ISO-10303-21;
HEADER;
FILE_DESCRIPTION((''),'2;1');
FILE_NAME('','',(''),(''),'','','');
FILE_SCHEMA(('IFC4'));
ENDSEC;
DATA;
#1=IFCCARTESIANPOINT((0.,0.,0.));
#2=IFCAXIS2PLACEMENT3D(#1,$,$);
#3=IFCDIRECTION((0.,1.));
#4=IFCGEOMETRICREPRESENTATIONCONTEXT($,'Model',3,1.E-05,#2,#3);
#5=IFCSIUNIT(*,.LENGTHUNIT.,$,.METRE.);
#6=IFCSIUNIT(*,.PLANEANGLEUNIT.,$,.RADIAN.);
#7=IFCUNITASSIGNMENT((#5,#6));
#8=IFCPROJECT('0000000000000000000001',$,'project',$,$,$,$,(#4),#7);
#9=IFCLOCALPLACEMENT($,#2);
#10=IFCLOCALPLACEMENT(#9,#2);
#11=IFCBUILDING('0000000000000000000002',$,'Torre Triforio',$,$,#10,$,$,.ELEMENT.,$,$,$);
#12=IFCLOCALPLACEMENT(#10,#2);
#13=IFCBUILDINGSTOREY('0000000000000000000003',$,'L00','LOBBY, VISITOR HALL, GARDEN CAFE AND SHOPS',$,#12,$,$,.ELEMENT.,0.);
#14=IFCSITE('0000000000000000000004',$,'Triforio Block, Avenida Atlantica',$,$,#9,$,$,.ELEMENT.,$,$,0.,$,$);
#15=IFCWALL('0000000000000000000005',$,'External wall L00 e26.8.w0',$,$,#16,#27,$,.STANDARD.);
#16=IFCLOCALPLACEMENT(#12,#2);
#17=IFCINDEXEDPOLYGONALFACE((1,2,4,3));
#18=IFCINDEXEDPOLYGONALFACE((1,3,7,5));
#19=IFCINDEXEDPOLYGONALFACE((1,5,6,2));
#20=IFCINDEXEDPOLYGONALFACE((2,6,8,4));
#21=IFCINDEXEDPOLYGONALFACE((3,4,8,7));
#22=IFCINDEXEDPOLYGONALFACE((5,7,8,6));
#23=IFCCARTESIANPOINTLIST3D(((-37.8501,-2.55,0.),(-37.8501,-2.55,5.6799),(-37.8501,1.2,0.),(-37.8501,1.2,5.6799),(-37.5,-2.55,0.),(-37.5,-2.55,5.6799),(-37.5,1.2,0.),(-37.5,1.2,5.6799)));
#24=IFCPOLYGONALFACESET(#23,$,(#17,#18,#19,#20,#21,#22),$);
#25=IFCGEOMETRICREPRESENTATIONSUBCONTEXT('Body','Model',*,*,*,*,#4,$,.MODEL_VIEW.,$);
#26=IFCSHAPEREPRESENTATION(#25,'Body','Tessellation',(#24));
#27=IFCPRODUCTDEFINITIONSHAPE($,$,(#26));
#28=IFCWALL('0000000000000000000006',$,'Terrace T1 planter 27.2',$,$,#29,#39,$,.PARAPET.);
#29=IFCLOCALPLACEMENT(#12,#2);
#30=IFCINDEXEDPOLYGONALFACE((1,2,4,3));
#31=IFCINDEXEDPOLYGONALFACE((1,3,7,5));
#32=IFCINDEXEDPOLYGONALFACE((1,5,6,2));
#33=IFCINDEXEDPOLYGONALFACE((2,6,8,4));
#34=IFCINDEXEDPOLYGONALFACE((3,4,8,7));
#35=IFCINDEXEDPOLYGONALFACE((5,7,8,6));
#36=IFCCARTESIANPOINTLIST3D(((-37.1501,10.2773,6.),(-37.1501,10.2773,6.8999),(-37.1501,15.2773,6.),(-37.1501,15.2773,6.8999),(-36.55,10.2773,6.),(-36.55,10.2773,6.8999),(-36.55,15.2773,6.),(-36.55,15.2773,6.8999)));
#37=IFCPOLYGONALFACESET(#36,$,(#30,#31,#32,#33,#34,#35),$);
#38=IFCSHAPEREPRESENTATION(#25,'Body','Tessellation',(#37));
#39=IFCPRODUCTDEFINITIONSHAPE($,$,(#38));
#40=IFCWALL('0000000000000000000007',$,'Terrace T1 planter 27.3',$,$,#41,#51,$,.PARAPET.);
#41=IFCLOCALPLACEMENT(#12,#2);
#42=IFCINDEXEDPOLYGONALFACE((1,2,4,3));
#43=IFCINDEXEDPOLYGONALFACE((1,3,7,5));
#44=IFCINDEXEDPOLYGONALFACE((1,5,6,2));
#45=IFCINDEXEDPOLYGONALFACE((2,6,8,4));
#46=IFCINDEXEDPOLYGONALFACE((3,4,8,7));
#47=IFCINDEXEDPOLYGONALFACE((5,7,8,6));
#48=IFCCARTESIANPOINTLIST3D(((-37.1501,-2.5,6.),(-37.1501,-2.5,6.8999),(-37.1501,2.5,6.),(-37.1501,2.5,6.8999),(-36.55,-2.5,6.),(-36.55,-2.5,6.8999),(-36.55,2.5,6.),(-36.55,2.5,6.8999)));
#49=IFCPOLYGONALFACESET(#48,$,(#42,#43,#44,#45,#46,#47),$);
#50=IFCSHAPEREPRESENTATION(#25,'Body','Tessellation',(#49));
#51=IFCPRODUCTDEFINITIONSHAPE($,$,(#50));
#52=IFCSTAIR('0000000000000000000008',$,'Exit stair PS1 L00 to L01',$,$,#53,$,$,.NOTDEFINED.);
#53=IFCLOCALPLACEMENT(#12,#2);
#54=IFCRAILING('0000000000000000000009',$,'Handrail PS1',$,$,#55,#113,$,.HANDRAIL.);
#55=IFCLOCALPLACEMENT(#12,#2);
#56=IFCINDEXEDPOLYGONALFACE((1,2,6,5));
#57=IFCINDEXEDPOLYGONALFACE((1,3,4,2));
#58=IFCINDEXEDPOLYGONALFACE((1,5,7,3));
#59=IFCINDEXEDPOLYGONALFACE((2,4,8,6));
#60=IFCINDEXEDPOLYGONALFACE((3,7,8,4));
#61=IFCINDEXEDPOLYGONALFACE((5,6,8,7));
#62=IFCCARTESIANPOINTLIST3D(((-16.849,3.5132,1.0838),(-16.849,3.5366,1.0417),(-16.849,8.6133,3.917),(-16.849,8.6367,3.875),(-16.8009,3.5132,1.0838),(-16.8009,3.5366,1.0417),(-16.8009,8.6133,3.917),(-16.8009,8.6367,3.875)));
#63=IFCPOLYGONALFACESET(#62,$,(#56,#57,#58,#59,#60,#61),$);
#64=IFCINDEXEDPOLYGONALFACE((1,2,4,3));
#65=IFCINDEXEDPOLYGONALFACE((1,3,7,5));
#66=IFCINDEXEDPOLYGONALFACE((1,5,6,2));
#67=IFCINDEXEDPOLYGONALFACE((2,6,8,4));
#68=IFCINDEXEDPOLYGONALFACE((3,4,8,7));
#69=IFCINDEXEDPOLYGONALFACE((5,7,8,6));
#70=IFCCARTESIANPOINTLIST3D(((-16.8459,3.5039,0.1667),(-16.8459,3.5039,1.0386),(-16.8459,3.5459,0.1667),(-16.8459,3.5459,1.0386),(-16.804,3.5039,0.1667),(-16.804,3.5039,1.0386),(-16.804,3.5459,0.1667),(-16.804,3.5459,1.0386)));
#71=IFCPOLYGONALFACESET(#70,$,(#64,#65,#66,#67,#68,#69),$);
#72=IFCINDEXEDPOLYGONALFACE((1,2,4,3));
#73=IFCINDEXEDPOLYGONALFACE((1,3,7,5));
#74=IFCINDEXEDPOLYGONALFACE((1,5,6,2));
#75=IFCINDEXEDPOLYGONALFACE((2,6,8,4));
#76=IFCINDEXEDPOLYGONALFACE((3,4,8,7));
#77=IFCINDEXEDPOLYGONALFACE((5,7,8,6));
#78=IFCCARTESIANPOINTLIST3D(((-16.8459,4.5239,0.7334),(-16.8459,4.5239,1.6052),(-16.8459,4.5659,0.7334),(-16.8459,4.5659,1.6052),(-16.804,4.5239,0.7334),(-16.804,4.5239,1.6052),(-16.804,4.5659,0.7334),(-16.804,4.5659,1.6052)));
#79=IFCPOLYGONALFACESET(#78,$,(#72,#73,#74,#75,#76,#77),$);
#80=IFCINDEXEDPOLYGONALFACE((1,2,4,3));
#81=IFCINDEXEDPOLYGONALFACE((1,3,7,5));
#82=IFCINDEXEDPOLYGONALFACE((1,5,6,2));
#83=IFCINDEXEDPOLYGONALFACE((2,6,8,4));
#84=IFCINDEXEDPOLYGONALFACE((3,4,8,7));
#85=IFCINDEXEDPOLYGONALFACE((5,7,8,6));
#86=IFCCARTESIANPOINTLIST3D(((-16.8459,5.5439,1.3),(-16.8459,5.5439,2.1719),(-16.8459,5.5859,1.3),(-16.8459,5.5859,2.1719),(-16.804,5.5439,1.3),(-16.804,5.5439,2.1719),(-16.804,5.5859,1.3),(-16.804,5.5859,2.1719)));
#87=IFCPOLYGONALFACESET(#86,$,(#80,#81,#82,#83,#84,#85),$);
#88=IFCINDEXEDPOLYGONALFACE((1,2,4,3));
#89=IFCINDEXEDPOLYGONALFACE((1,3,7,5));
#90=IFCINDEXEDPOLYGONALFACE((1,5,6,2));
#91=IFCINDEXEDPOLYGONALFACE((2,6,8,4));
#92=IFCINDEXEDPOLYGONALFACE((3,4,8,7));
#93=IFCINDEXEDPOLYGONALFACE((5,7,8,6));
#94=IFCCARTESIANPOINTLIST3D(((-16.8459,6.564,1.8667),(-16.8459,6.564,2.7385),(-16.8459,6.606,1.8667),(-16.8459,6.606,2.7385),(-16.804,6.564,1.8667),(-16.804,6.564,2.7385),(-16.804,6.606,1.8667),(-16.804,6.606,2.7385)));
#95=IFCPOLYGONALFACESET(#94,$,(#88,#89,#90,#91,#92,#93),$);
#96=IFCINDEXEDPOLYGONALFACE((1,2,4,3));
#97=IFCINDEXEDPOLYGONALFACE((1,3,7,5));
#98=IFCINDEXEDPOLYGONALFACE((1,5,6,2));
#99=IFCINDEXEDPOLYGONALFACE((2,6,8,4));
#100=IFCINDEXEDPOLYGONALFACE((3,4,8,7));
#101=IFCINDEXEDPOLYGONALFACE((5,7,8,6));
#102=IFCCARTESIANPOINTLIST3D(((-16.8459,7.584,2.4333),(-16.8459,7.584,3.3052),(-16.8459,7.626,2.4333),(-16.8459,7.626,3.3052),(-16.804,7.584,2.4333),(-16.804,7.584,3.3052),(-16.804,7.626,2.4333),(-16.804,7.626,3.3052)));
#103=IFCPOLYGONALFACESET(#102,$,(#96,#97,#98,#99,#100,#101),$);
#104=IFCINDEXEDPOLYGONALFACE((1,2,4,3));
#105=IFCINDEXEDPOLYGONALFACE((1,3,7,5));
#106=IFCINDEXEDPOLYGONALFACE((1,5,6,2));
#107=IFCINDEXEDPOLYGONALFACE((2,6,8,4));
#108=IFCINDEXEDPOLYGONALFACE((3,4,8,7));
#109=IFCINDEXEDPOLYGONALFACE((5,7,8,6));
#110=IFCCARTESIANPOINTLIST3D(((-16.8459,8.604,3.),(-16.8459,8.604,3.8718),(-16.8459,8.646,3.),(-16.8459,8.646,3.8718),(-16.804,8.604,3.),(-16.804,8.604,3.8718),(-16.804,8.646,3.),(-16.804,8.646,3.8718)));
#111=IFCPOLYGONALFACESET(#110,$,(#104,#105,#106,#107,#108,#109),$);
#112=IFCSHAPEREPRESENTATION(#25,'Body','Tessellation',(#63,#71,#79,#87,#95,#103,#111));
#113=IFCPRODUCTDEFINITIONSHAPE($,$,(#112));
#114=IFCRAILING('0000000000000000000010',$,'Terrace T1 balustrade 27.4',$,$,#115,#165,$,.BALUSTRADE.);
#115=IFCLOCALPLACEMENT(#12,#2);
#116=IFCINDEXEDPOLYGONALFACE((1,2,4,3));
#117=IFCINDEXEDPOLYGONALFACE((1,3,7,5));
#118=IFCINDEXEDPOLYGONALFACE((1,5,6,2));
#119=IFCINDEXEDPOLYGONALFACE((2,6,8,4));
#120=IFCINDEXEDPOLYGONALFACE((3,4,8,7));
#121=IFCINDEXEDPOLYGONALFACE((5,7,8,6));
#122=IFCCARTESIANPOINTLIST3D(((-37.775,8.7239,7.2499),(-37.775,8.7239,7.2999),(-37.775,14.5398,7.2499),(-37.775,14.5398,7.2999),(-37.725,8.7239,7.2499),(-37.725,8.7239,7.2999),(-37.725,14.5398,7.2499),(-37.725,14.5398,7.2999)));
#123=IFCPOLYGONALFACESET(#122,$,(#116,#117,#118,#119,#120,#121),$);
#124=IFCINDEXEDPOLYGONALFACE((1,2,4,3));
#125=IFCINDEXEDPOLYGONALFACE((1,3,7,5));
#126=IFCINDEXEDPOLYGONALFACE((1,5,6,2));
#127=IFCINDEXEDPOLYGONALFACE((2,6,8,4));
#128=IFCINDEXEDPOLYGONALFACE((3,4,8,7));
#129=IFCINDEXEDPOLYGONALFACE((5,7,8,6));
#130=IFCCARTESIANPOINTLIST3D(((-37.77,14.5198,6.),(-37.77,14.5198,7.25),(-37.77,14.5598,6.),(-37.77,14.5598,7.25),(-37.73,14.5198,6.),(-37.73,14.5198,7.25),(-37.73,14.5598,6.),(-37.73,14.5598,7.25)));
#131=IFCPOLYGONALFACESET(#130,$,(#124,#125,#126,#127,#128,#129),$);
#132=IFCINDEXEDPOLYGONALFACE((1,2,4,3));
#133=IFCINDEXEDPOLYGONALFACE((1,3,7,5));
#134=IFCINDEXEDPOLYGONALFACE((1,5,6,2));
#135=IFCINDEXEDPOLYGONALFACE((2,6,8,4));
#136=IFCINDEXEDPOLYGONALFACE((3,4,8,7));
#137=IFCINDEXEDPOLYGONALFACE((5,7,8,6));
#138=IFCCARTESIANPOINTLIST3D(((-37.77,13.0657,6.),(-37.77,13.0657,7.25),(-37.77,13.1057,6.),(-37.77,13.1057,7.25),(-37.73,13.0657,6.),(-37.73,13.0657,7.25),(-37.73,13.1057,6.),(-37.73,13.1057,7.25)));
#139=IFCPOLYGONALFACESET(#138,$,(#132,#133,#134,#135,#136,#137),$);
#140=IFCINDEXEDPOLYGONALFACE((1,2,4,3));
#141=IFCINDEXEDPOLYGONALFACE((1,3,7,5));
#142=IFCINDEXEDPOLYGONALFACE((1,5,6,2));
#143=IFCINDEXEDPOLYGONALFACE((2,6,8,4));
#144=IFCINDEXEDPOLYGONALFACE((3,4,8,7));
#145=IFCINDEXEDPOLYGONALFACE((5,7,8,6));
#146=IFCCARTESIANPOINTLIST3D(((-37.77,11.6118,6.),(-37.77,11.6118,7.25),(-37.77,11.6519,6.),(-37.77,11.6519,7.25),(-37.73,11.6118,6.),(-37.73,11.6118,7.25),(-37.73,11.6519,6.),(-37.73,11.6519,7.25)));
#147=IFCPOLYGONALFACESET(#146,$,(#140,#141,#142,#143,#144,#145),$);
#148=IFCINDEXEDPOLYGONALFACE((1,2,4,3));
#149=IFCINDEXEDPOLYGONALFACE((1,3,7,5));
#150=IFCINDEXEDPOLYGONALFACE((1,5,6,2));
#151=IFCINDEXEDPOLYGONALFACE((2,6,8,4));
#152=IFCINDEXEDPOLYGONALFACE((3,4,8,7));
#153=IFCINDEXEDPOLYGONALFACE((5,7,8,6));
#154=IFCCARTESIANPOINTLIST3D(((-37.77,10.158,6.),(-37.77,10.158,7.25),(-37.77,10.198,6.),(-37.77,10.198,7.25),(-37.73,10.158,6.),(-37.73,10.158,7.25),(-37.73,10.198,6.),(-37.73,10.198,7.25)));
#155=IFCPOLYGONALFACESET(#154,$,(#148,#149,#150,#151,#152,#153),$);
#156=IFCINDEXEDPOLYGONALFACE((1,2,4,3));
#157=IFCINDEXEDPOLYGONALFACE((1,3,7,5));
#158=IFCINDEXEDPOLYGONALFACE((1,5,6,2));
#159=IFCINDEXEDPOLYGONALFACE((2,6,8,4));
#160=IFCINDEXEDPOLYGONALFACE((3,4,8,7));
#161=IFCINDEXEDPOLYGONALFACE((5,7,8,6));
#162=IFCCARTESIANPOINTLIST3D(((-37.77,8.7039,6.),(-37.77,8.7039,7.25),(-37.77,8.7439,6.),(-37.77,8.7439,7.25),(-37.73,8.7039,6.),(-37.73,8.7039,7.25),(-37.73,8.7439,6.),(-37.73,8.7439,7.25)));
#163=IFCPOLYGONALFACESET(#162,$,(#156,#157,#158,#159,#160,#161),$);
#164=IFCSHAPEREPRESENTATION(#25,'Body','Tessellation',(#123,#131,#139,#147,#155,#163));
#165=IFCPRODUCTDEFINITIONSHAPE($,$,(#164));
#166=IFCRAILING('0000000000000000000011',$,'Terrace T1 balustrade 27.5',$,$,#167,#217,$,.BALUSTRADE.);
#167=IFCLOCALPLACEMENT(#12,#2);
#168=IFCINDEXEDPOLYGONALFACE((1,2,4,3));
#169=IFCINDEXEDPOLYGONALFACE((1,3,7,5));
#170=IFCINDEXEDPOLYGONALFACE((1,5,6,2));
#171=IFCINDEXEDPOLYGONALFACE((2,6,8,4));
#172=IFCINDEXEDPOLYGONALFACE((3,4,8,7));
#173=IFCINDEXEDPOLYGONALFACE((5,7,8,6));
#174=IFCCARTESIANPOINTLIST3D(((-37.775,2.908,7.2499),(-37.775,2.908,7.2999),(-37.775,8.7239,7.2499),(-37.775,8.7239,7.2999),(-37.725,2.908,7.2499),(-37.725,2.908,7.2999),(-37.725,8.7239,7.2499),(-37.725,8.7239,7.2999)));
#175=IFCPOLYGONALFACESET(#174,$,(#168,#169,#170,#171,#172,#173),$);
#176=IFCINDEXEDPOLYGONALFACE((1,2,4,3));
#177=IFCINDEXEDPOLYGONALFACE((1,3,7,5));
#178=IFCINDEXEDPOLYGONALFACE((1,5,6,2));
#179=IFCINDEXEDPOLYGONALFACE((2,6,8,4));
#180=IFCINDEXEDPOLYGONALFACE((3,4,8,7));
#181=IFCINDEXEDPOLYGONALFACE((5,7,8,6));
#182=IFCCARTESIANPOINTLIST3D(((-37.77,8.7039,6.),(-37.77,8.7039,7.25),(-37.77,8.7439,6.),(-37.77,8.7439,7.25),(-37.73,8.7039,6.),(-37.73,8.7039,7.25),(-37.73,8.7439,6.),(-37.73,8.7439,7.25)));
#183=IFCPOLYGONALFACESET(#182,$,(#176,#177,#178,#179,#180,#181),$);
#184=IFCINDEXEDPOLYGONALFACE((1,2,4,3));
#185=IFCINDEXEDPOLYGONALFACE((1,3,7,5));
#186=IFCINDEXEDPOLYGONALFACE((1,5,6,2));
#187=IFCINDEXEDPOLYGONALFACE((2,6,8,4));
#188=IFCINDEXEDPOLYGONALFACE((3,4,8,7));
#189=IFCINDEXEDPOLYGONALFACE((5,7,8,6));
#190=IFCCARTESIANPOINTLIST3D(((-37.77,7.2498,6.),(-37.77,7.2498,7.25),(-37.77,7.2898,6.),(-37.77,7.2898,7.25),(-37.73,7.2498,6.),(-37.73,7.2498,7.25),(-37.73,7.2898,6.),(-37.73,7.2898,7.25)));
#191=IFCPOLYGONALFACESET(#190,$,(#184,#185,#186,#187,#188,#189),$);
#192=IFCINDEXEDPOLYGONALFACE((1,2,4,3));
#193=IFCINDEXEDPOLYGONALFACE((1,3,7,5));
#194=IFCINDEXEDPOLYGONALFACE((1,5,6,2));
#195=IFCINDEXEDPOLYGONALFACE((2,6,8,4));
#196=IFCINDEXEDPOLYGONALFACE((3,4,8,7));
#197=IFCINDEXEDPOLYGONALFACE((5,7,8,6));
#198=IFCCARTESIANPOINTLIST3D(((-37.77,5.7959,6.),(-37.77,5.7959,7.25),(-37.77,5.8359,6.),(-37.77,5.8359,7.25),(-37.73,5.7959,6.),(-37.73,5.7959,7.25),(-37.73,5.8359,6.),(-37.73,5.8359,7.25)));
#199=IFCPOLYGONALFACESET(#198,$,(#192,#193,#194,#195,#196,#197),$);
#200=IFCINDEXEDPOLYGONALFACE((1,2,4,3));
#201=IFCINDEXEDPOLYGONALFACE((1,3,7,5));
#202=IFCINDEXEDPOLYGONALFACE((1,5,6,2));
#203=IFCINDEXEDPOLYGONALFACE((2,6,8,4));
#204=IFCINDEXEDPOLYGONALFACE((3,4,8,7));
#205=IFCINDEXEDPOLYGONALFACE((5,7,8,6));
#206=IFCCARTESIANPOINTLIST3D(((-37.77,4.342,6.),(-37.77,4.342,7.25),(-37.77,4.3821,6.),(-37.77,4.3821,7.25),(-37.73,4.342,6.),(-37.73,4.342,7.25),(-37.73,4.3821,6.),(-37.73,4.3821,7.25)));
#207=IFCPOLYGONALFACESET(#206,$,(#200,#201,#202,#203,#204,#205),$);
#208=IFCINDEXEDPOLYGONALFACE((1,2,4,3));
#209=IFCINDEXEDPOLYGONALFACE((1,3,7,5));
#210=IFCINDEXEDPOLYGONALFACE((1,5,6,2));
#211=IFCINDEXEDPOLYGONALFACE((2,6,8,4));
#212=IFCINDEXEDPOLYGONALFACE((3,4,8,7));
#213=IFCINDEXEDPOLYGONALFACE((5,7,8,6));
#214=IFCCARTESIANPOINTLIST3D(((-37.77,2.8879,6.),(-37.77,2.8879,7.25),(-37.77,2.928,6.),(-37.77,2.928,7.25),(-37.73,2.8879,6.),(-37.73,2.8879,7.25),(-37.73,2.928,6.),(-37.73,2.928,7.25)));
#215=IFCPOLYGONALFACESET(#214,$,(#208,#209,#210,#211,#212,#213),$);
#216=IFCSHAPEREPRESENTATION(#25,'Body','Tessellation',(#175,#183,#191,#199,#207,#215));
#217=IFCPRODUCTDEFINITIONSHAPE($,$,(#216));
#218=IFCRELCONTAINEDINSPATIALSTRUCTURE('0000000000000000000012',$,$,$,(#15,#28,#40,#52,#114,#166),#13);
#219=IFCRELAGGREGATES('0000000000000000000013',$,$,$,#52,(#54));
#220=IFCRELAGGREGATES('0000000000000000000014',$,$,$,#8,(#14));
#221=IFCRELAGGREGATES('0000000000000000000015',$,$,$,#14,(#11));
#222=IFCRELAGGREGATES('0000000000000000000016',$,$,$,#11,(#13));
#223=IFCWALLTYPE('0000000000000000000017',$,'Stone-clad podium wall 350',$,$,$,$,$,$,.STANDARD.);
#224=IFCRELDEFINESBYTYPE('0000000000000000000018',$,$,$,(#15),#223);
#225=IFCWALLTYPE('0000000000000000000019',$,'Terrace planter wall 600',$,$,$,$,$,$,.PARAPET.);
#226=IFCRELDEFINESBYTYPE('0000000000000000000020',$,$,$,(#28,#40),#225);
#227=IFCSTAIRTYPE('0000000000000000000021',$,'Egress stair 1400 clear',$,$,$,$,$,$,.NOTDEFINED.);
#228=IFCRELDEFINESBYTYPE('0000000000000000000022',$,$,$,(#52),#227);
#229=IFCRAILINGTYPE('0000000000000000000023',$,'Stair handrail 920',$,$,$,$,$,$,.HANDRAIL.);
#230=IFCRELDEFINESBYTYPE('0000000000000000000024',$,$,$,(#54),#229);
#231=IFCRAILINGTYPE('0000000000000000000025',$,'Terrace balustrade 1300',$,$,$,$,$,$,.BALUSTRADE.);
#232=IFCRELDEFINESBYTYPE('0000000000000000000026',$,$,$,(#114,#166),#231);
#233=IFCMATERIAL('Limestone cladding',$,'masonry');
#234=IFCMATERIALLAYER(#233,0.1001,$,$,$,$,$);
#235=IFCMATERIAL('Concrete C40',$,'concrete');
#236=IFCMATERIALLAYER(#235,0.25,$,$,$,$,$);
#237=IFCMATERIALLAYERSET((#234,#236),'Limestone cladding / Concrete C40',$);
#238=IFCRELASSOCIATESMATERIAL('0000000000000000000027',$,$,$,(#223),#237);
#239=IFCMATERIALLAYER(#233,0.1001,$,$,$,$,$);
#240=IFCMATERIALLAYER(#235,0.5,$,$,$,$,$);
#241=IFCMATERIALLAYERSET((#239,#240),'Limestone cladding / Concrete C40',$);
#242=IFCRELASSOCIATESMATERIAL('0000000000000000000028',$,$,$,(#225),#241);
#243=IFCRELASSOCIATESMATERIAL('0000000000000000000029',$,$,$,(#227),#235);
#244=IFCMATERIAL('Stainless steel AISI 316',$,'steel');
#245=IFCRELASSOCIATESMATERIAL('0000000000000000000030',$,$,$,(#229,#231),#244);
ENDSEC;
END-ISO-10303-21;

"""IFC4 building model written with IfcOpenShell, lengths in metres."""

from ifc_helpers import new_model, si_unit, direction, frame, frame_2d, origin, origin_2d, place, context, subcontext, project, spatial, rectangle, extrude, material, layer, layer_set, type_object, element, aggregate, save


model = new_model("IFC4")

# Units and contexts
model_context = context("Model", 3, precision=1e-05, world=origin(), true_north=direction((0.0, 1.0)))
body_context = subcontext(model_context, "Body", "Model", "MODEL_VIEW")
ifc_project = project(units=[si_unit("LENGTHUNIT", "METRE"), si_unit("PLANEANGLEUNIT", "RADIAN")], contexts=[model_context])

# Site, building, storey
site_placement = place(None, origin())
site = spatial("IfcSite", under=ifc_project, at=site_placement, Name="Triforio Block, Avenida Atlantica", CompositionType="ELEMENT", RefElevation=0.0)
building_placement = place(site_placement, origin())
building = spatial("IfcBuilding", under=site, at=building_placement, Name="Torre Triforio", CompositionType="ELEMENT")
storey_placement = place(building_placement, origin())
storey = spatial("IfcBuildingStorey", under=building, at=storey_placement, Name="L00", Description="LOBBY, VISITOR HALL, GARDEN CAFE AND SHOPS", CompositionType="ELEMENT", Elevation=0.0)

# Shared definitions
ifc_material_1 = material(Name="Concrete C40", Category="concrete")
ifc_material_2 = material(Name="Limestone cladding", Category="masonry")
ifc_layer_1 = layer(ifc_material_2, 0.1001)
ifc_layer_2 = layer(ifc_material_1, 0.25)
ifc_layer_set_1 = layer_set([ifc_layer_1, ifc_layer_2], Name="Limestone cladding / Concrete C40")
wall_type_1 = type_object("IfcWallType", Name="Stone-clad podium wall 350", PredefinedType="STANDARD", material=ifc_layer_set_1)

# Walls
wall_1_placement = place(storey_placement, frame((-37.675, 1.2, 0.0), z_axis=(0.0, 0.0, 1.0), x_axis=(0.0, -1.0, 0.0)))
element("IfcWall", 1, at=wall_1_placement, inside=storey, type_object=wall_type_1, Name="External wall L00 e26.8.w0", PredefinedType="STANDARD", context=body_context, shape_type="SweptSolid", body=[
    extrude(rectangle(XDim=3.75, YDim=0.3501, at=frame_2d((1.875, 0.0))), origin(), (0.0, 0.0, 1.0), 5.6799),
])
ifc_layer_3 = layer(ifc_material_2, 0.1001)
ifc_layer_4 = layer(ifc_material_1, 0.5)
ifc_layer_set_2 = layer_set([ifc_layer_3, ifc_layer_4], Name="Limestone cladding / Concrete C40")
wall_type_2 = type_object("IfcWallType", Name="Terrace planter wall 600", PredefinedType="PARAPET", material=ifc_layer_set_2)
for number, where, z_axis, x_axis, name in (
    (2, (-36.8501, 15.2773, 6.0), (0.0, 0.0, 1.0), (0.0, -1.0, 0.0), "Terrace T1 planter 27.2"),
    (3, (-36.8501, 2.5, 6.0), (0.0, 0.0, 1.0), (0.0, -1.0, 0.0), "Terrace T1 planter 27.3"),
):
    element("IfcWall", number, at=place(storey_placement, frame(where, z_axis=z_axis, x_axis=x_axis)), inside=storey, type_object=wall_type_2, Name=name, PredefinedType="PARAPET", context=body_context, shape_type="SweptSolid", body=[
        extrude(rectangle(XDim=5.0, YDim=0.6001, at=frame_2d((2.5, 0.0))), origin(), (0.0, 0.0, 1.0), 0.8999),
    ])

# Stair, railing
stair_type = type_object("IfcStairType", Name="Egress stair 1400 clear", PredefinedType="NOTDEFINED", material=ifc_material_1)
stair_placement = place(storey_placement, origin())
stair = element("IfcStair", 4, at=stair_placement, inside=storey, type_object=stair_type, Name="Exit stair PS1 L00 to L01", PredefinedType="NOTDEFINED")
ifc_material_3 = material(Name="Stainless steel AISI 316", Category="steel")
railing_type_1 = type_object("IfcRailingType", Name="Stair handrail 920", PredefinedType="HANDRAIL", material=ifc_material_3)
railing_placement = place(storey_placement, frame((-16.825, 3.5249, 0.1667)))
railing = element("IfcRailing", 5, at=railing_placement, type_object=railing_type_1, Name="Handrail PS1", PredefinedType="HANDRAIL", context=body_context, shape_type="SweptSolid", body=[
    extrude(rectangle(XDim=0.0481, YDim=0.0481, at=origin_2d()), frame((0.0, 0.0, 0.896), z_axis=(0.0, 0.874167, 0.485625), x_axis=(-1.0, 0.0, 0.0)), (0.0, 0.0, 1.0), 5.8342),
    extrude(rectangle(XDim=0.042, YDim=0.042, at=origin_2d()), origin(), (0.0, 0.0, 1.0), 0.8718),
    extrude(rectangle(XDim=0.042, YDim=0.042, at=origin_2d()), frame((0.0, 1.02, 0.5667)), (0.0, 0.0, 1.0), 0.8718),
    extrude(rectangle(XDim=0.042, YDim=0.042, at=origin_2d()), frame((0.0, 2.04, 1.1333)), (0.0, 0.0, 1.0), 0.8718),
    extrude(rectangle(XDim=0.042, YDim=0.042, at=origin_2d()), frame((0.0, 3.0601, 1.7)), (0.0, 0.0, 1.0), 0.8718),
    extrude(rectangle(XDim=0.042, YDim=0.042, at=origin_2d()), frame((0.0, 4.0801, 2.2666)), (0.0, 0.0, 1.0), 0.8718),
    extrude(rectangle(XDim=0.042, YDim=0.042, at=origin_2d()), frame((0.0, 5.1001, 2.8333)), (0.0, 0.0, 1.0), 0.8718),
])
aggregate(stair, [railing])

# Railings
railing_type_2 = type_object("IfcRailingType", Name="Terrace balustrade 1300", PredefinedType="BALUSTRADE", material=ifc_material_3)
for number, where, name in (
    (6, (-37.75, 14.5398, 6.0), "Terrace T1 balustrade 27.4"),
    (7, (-37.75, 8.7239, 6.0), "Terrace T1 balustrade 27.5"),
):
    element("IfcRailing", number, at=place(storey_placement, frame(where)), inside=storey, type_object=railing_type_2, Name=name, PredefinedType="BALUSTRADE", context=body_context, shape_type="SweptSolid", body=[
        extrude(rectangle(XDim=0.05, YDim=0.05, at=origin_2d()), frame((0.0, 0.0, 1.2749), z_axis=(0.0, -1.0, 0.0), x_axis=(1.0, 0.0, 0.0)), (0.0, 0.0, 1.0), 5.8159),
        extrude(rectangle(XDim=0.04, YDim=0.04, at=origin_2d()), origin(), (0.0, 0.0, 1.0), 1.25),
        extrude(rectangle(XDim=0.04, YDim=0.04, at=origin_2d()), frame((0.0, -1.4541, 0.0)), (0.0, 0.0, 1.0), 1.25),
        extrude(rectangle(XDim=0.04, YDim=0.04, at=origin_2d()), frame((0.0, -2.908, 0.0)), (0.0, 0.0, 1.0), 1.25),
        extrude(rectangle(XDim=0.04, YDim=0.04, at=origin_2d()), frame((0.0, -4.3618, 0.0)), (0.0, 0.0, 1.0), 1.25),
        extrude(rectangle(XDim=0.04, YDim=0.04, at=origin_2d()), frame((0.0, -5.8159, 0.0)), (0.0, 0.0, 1.0), 1.25),
    ])

save(model, "model.ifc")
